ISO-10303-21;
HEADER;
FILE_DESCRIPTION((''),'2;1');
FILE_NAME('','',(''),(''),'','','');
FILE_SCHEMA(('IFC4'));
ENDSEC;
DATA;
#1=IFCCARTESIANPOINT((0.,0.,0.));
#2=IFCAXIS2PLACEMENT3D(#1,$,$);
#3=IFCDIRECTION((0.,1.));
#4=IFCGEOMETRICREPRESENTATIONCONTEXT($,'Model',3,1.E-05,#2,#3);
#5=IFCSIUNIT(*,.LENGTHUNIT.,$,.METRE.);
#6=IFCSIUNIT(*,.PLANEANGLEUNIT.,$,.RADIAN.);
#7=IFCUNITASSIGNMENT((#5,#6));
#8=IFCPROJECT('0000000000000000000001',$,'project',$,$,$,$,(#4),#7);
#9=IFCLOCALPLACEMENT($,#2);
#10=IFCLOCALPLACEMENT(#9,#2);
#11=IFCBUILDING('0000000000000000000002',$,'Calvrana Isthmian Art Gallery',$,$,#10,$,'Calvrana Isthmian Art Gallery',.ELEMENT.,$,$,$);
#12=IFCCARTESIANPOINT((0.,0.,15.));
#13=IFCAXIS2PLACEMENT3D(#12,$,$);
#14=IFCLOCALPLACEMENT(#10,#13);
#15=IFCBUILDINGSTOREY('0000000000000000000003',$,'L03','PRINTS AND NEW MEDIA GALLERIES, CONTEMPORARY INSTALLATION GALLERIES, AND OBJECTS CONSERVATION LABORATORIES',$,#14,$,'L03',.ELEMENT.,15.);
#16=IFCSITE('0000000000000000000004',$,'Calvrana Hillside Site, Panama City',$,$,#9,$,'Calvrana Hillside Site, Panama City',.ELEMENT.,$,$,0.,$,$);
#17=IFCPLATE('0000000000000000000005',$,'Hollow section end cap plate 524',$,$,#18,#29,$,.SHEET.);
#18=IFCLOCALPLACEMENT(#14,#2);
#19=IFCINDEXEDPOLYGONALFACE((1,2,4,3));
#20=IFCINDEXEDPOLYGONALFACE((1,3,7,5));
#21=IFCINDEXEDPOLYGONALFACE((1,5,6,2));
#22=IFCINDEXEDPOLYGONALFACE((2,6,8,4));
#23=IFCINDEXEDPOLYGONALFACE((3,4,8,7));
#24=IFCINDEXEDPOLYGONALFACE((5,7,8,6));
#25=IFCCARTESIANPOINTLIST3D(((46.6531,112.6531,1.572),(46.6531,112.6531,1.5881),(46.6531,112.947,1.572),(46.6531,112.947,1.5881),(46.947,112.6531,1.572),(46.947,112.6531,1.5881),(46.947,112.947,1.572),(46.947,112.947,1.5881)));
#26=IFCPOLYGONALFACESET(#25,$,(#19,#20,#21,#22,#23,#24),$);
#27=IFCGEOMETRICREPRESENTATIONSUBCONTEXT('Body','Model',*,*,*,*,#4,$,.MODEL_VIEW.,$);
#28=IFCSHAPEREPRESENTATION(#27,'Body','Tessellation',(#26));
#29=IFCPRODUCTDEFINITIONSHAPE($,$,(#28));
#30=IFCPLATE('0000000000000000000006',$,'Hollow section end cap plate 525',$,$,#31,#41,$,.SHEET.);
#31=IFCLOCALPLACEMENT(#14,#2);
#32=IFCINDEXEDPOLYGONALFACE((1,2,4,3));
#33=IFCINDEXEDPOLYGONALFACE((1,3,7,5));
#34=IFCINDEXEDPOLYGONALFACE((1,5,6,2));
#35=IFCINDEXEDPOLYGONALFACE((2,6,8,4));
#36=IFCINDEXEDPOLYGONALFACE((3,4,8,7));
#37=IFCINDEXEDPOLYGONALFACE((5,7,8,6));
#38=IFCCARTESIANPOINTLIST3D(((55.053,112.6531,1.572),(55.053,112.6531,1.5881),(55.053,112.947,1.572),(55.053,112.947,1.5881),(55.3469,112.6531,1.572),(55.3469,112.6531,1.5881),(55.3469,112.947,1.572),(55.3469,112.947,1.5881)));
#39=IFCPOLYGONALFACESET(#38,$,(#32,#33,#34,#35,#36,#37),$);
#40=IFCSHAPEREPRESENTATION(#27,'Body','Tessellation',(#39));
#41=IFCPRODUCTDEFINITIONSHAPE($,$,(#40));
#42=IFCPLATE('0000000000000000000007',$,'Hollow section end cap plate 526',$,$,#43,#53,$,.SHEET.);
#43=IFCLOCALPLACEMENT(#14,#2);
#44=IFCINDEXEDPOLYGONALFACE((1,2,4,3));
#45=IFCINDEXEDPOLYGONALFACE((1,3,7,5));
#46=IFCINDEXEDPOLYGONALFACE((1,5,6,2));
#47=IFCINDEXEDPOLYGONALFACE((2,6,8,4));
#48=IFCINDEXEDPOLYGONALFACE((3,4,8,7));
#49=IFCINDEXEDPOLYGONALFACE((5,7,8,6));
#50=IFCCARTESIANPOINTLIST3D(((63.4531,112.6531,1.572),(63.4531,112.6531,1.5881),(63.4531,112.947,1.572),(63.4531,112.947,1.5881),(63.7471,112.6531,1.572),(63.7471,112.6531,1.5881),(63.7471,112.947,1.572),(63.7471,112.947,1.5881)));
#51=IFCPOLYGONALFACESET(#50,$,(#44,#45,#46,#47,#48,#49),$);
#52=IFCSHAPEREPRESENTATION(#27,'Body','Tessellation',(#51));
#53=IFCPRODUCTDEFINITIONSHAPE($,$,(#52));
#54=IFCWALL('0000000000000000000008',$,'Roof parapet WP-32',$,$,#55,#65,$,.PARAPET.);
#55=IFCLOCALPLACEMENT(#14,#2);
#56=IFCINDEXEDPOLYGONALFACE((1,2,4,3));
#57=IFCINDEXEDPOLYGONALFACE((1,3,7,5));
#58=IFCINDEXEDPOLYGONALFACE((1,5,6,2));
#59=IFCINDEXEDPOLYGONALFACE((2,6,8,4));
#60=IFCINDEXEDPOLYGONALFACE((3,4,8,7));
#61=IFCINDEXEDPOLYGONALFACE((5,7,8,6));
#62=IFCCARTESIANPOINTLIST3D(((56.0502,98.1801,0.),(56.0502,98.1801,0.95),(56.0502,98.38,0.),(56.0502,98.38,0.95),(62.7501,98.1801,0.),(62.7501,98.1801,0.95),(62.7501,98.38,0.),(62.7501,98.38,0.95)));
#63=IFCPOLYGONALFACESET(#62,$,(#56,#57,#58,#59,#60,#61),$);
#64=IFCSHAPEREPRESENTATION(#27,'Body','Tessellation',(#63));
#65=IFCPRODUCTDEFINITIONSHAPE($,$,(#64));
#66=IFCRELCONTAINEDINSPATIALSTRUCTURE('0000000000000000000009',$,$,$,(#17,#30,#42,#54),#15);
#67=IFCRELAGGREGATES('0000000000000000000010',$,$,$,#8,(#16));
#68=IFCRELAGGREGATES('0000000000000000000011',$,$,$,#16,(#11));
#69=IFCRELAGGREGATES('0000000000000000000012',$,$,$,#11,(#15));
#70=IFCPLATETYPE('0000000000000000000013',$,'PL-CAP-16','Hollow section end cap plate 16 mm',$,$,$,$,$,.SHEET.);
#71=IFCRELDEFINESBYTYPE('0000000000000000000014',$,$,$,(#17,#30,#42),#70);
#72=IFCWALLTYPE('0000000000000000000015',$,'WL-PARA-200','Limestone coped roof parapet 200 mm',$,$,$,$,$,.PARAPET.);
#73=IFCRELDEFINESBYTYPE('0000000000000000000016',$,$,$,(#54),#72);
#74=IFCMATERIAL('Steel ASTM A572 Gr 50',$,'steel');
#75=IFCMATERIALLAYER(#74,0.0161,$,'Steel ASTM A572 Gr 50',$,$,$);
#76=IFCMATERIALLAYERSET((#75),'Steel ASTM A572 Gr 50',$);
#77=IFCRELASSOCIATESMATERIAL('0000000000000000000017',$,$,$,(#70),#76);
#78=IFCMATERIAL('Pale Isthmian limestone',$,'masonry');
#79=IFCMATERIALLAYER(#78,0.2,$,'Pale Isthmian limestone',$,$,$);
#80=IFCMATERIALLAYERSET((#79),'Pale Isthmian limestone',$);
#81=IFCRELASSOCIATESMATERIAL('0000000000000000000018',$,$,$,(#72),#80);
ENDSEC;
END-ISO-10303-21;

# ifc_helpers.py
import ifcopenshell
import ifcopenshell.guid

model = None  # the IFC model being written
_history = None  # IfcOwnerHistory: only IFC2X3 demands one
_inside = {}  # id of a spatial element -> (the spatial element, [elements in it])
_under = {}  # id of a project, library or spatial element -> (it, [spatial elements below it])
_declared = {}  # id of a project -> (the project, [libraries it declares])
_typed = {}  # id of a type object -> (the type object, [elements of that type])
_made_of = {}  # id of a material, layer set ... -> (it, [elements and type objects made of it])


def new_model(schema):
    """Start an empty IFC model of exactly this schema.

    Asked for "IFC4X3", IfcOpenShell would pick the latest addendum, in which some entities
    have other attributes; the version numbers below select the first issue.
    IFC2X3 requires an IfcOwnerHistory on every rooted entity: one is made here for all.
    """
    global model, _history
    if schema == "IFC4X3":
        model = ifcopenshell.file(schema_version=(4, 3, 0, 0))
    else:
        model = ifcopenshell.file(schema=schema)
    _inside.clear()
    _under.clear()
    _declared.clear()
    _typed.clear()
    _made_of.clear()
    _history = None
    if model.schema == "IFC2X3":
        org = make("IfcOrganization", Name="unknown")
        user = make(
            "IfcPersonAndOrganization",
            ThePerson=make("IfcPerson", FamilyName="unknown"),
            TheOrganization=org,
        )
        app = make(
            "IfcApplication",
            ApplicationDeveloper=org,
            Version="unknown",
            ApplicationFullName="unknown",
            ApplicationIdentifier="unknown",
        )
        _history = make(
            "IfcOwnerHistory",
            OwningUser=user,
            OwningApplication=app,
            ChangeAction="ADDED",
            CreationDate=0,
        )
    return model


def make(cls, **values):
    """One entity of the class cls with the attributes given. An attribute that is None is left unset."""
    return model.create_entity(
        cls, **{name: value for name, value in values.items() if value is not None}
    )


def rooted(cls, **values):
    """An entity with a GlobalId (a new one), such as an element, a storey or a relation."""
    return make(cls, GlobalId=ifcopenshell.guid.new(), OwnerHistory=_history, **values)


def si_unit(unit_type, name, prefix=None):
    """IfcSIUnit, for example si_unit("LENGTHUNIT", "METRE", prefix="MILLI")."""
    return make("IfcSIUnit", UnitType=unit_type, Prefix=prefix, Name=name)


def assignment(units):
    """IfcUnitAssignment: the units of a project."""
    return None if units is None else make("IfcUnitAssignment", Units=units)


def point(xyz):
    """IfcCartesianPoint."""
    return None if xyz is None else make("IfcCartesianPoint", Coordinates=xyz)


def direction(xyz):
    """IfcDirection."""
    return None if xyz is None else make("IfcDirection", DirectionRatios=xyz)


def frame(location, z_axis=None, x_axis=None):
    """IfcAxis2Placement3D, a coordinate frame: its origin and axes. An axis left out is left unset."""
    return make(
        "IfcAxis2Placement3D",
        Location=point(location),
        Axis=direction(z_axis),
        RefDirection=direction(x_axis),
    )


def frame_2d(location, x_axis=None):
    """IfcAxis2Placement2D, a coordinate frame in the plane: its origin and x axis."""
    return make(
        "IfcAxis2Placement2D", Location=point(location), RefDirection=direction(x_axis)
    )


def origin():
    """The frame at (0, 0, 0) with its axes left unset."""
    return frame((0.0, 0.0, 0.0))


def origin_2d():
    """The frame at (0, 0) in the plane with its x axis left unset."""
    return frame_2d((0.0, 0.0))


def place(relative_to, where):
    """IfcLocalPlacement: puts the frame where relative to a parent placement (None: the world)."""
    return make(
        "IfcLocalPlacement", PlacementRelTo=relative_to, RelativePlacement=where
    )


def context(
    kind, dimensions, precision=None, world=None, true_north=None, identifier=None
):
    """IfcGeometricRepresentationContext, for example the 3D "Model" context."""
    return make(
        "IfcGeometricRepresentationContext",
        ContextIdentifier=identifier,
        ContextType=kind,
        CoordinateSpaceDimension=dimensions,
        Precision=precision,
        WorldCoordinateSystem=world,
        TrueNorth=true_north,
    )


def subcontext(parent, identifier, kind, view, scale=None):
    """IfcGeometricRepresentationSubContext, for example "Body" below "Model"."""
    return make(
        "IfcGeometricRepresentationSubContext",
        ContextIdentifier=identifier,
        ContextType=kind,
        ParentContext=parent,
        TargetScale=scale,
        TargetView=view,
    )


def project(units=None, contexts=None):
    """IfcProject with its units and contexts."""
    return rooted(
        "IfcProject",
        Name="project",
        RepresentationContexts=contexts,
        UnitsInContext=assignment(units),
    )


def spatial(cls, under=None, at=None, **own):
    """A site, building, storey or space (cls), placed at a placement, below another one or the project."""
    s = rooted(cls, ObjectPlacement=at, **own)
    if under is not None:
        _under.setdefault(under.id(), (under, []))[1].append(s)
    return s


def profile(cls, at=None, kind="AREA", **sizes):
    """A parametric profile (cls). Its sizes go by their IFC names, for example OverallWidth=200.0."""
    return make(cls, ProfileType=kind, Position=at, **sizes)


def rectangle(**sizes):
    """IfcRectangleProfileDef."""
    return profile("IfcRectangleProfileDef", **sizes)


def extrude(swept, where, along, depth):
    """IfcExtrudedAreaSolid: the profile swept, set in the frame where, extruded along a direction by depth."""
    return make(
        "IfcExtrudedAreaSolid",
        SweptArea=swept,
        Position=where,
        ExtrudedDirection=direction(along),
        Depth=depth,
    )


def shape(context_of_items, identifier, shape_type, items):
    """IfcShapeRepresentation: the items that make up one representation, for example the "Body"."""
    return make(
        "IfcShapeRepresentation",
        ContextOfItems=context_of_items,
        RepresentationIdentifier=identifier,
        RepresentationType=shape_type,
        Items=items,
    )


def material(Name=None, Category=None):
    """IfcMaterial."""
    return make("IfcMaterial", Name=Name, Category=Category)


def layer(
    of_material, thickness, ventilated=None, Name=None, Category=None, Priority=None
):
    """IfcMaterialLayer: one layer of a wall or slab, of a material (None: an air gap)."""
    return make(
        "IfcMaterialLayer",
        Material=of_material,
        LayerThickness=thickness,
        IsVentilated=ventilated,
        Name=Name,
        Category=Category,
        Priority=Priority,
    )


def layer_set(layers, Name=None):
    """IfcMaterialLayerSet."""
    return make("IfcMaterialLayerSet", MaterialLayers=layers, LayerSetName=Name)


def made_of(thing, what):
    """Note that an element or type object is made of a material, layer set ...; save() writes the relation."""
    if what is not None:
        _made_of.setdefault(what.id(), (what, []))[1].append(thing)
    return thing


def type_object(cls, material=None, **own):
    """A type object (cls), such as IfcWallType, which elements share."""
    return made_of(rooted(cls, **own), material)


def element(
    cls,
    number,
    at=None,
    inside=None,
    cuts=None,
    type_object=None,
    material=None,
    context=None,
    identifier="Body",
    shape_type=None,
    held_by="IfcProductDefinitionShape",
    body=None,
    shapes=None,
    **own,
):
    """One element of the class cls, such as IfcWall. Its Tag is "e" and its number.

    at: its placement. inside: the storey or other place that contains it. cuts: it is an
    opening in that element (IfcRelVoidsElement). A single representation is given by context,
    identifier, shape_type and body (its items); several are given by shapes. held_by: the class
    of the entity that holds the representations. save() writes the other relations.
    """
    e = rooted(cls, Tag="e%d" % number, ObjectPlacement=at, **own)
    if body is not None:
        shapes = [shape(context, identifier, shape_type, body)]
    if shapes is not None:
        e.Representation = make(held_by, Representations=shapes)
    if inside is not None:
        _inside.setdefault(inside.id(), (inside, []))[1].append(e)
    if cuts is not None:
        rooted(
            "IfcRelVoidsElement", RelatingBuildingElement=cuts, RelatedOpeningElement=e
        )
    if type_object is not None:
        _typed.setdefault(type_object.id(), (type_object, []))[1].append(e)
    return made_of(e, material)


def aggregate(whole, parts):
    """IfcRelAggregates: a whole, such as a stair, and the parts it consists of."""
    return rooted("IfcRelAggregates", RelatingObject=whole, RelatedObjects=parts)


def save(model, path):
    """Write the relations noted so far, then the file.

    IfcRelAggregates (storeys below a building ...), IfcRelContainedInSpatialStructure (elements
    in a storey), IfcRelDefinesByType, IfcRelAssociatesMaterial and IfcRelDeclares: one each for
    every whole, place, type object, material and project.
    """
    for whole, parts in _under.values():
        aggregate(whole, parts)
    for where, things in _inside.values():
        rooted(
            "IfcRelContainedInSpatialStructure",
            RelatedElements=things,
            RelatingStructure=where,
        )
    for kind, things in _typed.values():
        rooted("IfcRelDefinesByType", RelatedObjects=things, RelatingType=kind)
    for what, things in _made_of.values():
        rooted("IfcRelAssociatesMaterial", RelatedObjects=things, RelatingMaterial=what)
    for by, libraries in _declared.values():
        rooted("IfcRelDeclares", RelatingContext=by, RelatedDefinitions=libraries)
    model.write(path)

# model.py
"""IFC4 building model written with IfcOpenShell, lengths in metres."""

from ifc_helpers import new_model, si_unit, direction, frame, frame_2d, origin, origin_2d, place, context, subcontext, project, spatial, rectangle, extrude, material, layer, layer_set, type_object, element, save


model = new_model("IFC4")

# Units and contexts
model_context = context("Model", 3, precision=1e-05, world=origin(), true_north=direction((0.0, 1.0)))
body_context = subcontext(model_context, "Body", "Model", "MODEL_VIEW")
ifc_project = project(units=[si_unit("LENGTHUNIT", "METRE"), si_unit("PLANEANGLEUNIT", "RADIAN")], contexts=[model_context])

# Site, building, storey
site_placement = place(None, origin())
site = spatial("IfcSite", under=ifc_project, at=site_placement, Name="Calvrana Hillside Site, Panama City", LongName="Calvrana Hillside Site, Panama City", CompositionType="ELEMENT", RefElevation=0.0)
building_placement = place(site_placement, origin())
building = spatial("IfcBuilding", under=site, at=building_placement, Name="Calvrana Isthmian Art Gallery", LongName="Calvrana Isthmian Art Gallery", CompositionType="ELEMENT")
storey_placement = place(building_placement, frame((0.0, 0.0, 15.0)))
storey = spatial("IfcBuildingStorey", under=building, at=storey_placement, Name="L03", Description="PRINTS AND NEW MEDIA GALLERIES, CONTEMPORARY INSTALLATION GALLERIES, AND OBJECTS CONSERVATION LABORATORIES", LongName="L03", CompositionType="ELEMENT", Elevation=15.0)

# Plates
ifc_material_1 = material(Name="Steel ASTM A572 Gr 50", Category="steel")
ifc_layer_1 = layer(ifc_material_1, 0.0161, Name="Steel ASTM A572 Gr 50")
ifc_layer_set_1 = layer_set([ifc_layer_1], Name="Steel ASTM A572 Gr 50")
plate_type = type_object("IfcPlateType", Name="PL-CAP-16", Description="Hollow section end cap plate 16 mm", PredefinedType="SHEET", material=ifc_layer_set_1)
for number, where, z_axis, x_axis, name in (
    (1, (46.8, 112.8, 1.572), (0.0, 0.0, 1.0), (1.0, 0.0, 0.0), "Hollow section end cap plate 524"),
    (2, (55.2, 112.8, 1.572), (0.0, 0.0, 1.0), (1.0, 0.0, 0.0), "Hollow section end cap plate 525"),
    (3, (63.6001, 112.8, 1.572), (0.0, 0.0, 1.0), (1.0, 0.0, 0.0), "Hollow section end cap plate 526"),
):
    element("IfcPlate", number, at=place(storey_placement, frame(where, z_axis=z_axis, x_axis=x_axis)), inside=storey, type_object=plate_type, Name=name, PredefinedType="SHEET", context=body_context, shape_type="SweptSolid", body=[
        extrude(rectangle(XDim=0.2939, YDim=0.2939, at=origin_2d()), origin(), (0.0, 0.0, 1.0), 0.0161),
    ])

# Wall
ifc_material_2 = material(Name="Pale Isthmian limestone", Category="masonry")
ifc_layer_2 = layer(ifc_material_2, 0.2, Name="Pale Isthmian limestone")
ifc_layer_set_2 = layer_set([ifc_layer_2], Name="Pale Isthmian limestone")
wall_type = type_object("IfcWallType", Name="WL-PARA-200", Description="Limestone coped roof parapet 200 mm", PredefinedType="PARAPET", material=ifc_layer_set_2)
wall_placement = place(storey_placement, frame((56.05, 98.28, 0.0), z_axis=(0.0, 0.0, 1.0), x_axis=(1.0, 0.0, 0.0)))
element("IfcWall", 4, at=wall_placement, inside=storey, type_object=wall_type, Name="Roof parapet WP-32", PredefinedType="PARAPET", context=body_context, shape_type="SweptSolid", body=[
    extrude(rectangle(XDim=6.7, YDim=0.2, at=frame_2d((3.3501, 0.0))), origin(), (0.0, 0.0, 1.0), 0.95),
])

save(model, "model.ifc")
